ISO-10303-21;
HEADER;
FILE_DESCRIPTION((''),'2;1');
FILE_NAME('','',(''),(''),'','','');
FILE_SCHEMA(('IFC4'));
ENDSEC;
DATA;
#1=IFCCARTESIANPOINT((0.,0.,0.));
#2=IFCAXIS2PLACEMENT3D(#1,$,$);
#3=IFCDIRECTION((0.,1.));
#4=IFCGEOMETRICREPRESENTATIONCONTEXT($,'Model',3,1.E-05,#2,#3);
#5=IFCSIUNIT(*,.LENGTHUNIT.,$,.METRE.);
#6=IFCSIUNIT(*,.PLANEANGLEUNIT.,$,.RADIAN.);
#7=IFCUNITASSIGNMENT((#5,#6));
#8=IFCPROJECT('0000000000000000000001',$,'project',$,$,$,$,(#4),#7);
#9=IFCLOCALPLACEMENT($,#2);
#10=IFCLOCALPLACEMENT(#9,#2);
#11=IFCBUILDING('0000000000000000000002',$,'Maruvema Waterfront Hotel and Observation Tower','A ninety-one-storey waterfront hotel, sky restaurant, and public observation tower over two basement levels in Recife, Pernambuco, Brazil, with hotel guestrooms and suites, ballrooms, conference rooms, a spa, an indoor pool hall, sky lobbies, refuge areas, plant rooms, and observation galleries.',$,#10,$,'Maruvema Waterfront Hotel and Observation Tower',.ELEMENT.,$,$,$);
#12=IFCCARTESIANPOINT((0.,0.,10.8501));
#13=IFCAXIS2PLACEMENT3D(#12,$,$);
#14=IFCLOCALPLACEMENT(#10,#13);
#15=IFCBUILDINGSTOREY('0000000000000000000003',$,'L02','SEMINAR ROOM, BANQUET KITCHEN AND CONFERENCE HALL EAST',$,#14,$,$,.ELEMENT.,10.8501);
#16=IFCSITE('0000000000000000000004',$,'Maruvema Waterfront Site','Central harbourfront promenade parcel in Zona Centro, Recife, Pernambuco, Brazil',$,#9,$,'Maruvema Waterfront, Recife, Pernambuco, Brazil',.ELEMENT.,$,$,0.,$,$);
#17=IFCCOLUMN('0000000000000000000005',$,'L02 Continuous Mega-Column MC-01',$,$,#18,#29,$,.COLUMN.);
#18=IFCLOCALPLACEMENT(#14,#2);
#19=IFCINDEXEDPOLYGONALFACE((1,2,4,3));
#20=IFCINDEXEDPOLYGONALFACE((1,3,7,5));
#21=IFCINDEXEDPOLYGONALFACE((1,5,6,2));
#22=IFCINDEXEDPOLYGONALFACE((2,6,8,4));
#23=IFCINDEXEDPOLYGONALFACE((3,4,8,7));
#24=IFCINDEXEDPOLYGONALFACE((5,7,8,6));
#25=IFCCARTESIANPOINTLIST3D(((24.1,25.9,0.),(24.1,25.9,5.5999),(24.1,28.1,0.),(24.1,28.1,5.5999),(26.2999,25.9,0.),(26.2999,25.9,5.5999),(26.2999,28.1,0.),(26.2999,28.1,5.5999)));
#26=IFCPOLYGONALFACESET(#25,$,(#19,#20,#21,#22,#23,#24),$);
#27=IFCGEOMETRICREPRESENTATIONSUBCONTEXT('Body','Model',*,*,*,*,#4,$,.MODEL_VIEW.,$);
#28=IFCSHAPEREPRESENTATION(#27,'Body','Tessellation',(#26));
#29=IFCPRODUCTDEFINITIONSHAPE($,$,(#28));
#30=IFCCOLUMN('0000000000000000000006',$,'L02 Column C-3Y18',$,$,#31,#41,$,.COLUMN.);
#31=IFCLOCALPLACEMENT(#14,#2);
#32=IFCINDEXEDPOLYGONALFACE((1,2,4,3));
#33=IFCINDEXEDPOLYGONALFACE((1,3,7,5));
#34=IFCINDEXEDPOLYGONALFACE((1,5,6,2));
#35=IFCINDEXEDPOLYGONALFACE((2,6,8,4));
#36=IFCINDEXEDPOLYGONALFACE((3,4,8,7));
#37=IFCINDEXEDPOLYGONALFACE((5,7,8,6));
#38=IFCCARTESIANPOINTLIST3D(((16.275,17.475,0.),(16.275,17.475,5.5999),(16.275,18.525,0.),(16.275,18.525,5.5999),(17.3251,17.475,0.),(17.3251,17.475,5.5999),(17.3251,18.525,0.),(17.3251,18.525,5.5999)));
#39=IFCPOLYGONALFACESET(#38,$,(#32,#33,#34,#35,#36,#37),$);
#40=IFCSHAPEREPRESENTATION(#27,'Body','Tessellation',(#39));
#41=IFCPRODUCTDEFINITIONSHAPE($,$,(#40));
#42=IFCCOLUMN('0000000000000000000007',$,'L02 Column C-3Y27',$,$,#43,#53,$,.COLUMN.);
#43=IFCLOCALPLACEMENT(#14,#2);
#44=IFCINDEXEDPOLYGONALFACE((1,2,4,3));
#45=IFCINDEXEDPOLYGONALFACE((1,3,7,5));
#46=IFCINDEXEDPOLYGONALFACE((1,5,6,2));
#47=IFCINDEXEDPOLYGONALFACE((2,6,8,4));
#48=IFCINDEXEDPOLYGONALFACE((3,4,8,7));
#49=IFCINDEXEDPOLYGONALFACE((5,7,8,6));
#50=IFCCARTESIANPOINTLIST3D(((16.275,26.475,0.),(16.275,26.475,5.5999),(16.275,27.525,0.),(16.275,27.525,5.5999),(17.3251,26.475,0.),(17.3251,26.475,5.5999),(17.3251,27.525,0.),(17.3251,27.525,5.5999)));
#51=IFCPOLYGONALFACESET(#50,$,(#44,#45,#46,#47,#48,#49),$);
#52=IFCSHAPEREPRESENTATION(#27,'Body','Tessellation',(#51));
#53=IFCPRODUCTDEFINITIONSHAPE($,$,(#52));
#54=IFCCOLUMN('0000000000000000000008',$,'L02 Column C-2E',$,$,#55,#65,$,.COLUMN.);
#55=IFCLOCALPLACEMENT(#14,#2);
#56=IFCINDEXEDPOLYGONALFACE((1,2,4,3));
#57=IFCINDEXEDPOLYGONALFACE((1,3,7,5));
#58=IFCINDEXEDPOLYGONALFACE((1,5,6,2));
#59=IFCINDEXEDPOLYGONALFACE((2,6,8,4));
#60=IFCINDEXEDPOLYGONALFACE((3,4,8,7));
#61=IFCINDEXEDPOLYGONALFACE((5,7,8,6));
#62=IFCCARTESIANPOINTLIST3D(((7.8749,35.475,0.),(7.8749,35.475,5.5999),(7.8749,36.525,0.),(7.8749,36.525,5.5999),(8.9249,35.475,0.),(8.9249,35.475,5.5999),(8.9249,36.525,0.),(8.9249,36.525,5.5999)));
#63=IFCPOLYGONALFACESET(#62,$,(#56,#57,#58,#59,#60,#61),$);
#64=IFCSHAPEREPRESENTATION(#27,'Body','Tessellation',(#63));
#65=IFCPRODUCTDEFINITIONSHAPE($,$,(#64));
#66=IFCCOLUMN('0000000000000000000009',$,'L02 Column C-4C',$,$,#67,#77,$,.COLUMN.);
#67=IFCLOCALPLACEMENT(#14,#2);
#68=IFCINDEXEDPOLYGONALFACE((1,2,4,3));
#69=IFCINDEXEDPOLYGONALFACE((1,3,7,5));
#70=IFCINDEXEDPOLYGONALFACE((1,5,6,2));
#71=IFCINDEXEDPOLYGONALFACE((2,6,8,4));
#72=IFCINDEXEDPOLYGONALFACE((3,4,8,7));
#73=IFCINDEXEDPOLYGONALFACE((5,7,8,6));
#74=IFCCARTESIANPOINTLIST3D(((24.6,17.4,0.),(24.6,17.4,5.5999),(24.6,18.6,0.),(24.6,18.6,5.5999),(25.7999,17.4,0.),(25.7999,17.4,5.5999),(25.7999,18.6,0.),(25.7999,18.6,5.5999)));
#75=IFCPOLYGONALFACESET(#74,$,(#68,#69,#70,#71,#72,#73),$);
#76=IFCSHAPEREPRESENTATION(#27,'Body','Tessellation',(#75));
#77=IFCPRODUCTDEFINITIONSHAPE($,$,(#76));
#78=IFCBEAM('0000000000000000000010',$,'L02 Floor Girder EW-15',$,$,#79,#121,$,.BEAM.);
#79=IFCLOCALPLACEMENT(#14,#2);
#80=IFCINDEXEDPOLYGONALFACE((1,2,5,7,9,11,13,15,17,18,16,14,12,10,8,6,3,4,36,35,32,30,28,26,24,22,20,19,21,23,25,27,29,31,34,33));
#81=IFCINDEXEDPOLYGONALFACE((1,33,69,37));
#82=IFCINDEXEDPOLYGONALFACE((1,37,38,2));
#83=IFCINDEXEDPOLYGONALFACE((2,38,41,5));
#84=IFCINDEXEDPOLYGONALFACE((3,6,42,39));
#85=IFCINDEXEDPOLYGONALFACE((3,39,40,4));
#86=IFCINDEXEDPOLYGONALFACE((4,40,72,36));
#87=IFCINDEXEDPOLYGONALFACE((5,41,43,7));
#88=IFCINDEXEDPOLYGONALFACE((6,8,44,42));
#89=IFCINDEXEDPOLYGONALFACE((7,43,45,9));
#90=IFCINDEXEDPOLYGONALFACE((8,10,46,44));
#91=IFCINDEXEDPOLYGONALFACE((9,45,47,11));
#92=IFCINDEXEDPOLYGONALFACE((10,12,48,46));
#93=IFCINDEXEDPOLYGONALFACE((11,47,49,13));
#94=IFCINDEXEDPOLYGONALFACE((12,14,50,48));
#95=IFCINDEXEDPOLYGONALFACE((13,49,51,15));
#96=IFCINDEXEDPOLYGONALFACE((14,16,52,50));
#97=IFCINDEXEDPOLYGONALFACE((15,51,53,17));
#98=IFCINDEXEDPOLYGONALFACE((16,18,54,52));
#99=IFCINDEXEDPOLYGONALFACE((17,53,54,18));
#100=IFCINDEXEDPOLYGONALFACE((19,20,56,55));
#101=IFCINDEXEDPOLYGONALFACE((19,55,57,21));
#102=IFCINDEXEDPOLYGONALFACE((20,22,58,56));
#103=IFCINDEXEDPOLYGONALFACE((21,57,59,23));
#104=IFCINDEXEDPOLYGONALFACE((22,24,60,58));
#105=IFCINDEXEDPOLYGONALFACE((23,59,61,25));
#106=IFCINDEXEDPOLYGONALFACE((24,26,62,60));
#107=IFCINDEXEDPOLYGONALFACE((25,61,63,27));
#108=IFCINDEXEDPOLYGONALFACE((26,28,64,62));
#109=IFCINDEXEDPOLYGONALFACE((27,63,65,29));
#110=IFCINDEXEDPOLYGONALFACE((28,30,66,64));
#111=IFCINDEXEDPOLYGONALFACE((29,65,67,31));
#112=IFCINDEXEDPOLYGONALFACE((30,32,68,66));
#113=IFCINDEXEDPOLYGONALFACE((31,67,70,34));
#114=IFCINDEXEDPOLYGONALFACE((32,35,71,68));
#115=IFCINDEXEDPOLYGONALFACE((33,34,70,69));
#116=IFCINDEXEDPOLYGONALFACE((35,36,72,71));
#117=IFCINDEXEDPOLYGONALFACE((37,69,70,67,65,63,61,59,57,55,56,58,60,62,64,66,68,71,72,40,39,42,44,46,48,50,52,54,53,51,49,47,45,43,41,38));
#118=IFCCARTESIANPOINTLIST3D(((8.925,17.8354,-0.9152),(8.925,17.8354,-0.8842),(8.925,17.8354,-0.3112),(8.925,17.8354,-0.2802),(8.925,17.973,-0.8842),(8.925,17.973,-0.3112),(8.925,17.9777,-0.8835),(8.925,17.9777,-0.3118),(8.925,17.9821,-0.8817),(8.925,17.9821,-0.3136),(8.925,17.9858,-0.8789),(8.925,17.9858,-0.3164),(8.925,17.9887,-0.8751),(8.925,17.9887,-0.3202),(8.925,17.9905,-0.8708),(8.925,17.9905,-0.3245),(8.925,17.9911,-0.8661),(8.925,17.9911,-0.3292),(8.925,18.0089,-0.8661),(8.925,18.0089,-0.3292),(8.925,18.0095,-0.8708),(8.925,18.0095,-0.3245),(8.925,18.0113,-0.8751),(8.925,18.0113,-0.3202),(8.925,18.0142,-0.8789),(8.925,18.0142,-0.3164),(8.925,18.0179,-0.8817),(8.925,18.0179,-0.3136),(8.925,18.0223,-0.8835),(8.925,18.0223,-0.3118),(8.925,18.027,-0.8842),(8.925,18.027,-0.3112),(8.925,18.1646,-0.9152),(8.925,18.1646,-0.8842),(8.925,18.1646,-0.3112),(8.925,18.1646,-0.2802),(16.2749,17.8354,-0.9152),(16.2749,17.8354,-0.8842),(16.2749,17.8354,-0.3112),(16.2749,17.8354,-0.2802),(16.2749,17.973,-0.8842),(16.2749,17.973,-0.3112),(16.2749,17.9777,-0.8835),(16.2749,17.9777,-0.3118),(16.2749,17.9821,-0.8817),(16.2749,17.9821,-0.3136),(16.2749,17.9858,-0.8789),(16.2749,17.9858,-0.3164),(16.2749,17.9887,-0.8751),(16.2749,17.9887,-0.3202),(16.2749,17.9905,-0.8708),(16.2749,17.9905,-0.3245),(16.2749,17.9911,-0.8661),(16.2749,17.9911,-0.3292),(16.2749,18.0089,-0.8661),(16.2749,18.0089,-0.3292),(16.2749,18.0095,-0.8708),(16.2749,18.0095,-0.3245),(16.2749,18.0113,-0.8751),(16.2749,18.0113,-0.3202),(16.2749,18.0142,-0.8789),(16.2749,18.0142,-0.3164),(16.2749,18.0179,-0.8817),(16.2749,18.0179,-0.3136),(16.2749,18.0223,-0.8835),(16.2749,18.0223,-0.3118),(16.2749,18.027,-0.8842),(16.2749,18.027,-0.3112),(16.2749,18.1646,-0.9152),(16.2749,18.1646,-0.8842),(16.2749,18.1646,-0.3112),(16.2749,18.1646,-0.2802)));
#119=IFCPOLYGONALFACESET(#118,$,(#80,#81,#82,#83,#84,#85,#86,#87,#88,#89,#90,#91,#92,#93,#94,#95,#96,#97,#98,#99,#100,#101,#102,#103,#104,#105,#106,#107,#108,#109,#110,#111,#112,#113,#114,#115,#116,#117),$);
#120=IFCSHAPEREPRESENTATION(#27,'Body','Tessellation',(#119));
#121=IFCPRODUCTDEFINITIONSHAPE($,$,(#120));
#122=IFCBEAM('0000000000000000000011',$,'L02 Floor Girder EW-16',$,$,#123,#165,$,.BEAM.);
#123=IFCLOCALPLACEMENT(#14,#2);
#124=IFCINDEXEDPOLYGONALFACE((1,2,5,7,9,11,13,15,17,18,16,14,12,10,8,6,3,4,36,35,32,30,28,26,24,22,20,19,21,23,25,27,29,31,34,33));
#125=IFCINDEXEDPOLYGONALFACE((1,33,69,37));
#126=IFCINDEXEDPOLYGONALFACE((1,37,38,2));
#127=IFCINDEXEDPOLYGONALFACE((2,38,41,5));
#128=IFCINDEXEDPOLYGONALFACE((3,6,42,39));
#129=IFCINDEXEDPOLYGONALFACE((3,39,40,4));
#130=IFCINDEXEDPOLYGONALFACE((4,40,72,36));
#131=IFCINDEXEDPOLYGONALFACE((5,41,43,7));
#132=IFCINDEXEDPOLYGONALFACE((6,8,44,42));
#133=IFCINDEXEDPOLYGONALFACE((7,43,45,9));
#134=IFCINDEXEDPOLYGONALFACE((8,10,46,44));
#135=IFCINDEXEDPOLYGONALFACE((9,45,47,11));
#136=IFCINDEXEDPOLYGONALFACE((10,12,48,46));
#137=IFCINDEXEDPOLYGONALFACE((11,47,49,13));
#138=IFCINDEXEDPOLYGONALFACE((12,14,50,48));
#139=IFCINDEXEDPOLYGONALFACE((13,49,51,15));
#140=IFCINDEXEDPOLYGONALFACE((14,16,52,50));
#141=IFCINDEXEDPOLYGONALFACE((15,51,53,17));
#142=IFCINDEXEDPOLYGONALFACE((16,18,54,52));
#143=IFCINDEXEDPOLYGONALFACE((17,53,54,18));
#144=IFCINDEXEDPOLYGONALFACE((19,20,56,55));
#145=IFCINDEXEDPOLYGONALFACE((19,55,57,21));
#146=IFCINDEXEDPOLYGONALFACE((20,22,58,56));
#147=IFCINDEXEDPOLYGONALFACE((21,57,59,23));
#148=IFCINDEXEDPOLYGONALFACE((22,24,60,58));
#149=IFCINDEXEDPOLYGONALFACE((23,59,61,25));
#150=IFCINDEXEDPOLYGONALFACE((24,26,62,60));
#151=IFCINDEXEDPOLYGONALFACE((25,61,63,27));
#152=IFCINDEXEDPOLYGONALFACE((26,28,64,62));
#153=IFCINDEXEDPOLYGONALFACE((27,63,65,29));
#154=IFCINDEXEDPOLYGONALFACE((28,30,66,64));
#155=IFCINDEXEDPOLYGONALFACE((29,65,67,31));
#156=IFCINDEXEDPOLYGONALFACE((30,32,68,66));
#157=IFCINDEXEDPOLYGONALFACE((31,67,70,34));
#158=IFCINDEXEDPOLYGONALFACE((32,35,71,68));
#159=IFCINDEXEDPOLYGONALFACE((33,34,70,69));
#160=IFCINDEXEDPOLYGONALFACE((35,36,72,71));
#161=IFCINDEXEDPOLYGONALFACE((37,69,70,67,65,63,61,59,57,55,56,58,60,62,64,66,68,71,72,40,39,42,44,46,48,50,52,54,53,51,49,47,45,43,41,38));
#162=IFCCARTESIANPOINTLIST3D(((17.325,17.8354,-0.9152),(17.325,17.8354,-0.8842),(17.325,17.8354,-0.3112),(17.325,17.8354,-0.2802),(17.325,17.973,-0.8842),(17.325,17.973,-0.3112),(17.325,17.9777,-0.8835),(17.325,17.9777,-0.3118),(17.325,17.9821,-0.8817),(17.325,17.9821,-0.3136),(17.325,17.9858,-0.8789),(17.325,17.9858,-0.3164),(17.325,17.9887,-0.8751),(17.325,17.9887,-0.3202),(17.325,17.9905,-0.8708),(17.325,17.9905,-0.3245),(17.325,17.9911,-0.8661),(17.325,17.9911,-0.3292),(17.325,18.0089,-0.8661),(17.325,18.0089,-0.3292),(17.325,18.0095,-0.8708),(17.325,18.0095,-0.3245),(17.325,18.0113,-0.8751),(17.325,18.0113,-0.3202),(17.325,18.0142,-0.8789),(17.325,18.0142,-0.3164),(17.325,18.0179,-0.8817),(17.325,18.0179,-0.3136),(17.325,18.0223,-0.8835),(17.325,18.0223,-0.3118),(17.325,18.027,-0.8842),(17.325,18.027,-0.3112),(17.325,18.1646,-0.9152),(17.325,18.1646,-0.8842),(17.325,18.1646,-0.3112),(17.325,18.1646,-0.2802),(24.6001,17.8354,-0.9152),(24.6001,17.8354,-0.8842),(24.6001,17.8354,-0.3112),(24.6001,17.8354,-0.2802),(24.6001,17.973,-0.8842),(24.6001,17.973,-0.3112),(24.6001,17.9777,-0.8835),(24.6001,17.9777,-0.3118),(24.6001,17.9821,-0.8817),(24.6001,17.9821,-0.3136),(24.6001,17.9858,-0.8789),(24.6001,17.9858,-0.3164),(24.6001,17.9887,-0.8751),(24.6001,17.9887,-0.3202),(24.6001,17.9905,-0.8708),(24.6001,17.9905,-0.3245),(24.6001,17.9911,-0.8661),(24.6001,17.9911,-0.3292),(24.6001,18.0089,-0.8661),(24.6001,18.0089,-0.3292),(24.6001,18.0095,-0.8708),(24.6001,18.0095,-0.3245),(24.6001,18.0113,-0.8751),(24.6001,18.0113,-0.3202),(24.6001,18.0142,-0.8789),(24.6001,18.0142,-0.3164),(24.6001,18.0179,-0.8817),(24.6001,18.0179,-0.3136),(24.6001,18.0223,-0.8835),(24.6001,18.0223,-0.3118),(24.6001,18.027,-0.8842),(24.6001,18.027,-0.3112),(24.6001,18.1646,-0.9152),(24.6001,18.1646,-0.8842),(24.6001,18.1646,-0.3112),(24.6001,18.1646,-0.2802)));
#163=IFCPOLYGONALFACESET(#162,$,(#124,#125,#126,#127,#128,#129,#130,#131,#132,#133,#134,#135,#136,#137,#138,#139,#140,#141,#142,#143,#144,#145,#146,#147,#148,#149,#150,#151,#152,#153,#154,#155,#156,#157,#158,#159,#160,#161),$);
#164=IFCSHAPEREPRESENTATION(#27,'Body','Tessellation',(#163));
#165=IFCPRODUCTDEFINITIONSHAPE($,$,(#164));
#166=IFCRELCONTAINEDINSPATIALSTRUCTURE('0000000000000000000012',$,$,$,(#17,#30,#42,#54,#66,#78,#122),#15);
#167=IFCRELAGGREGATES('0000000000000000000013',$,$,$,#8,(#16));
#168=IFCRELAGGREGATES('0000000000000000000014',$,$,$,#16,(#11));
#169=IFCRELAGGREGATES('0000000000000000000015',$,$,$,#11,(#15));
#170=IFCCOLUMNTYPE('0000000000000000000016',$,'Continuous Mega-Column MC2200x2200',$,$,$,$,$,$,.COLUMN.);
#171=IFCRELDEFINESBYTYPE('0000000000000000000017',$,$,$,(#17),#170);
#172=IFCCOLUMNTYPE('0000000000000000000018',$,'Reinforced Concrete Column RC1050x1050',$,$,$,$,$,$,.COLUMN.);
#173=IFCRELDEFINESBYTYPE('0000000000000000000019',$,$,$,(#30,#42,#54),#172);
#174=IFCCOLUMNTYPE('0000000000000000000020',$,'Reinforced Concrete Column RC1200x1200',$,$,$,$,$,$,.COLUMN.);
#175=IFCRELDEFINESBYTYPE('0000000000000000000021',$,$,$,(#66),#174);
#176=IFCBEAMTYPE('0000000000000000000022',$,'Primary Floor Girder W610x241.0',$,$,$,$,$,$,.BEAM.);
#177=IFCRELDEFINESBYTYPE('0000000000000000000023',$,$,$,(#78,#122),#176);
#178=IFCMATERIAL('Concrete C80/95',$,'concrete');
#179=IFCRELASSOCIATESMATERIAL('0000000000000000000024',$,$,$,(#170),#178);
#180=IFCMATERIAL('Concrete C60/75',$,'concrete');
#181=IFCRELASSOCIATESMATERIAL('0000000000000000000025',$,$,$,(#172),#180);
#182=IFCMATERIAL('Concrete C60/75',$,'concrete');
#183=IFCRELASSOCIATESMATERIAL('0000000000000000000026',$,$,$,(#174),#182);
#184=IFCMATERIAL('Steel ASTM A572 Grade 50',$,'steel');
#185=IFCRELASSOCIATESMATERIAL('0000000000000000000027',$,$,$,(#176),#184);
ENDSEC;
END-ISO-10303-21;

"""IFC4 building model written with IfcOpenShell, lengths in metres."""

from ifc_helpers import new_model, si_unit, direction, frame, origin, origin_2d, place, context, subcontext, project, spatial, rectangle, i_section, extrude, material, material_profile, profile_set, type_object, element, save


model = new_model("IFC4")

# Units and contexts
model_context = context("Model", 3, precision=1e-05, world=origin(), true_north=direction((0.0, 1.0)))
body_context = subcontext(model_context, "Body", "Model", "MODEL_VIEW")
ifc_project = project(units=[si_unit("LENGTHUNIT", "METRE"), si_unit("PLANEANGLEUNIT", "RADIAN")], contexts=[model_context])

# Site, building, storey
site_placement = place(None, origin())
site = spatial("IfcSite", under=ifc_project, at=site_placement, Name="Maruvema Waterfront Site", Description="Central harbourfront promenade parcel in Zona Centro, Recife, Pernambuco, Brazil", LongName="Maruvema Waterfront, Recife, Pernambuco, Brazil", CompositionType="ELEMENT", RefElevation=0.0)
building_placement = place(site_placement, origin())
building = spatial("IfcBuilding", under=site, at=building_placement, Name="Maruvema Waterfront Hotel and Observation Tower", Description="A ninety-one-storey waterfront hotel, sky restaurant, and public observation tower over two basement levels in Recife, Pernambuco, Brazil, with hotel guestrooms and suites, ballrooms, conference rooms, a spa, an indoor pool hall, sky lobbies, refuge areas, plant rooms, and observation galleries.", LongName="Maruvema Waterfront Hotel and Observation Tower", CompositionType="ELEMENT")
storey_placement = place(building_placement, frame((0.0, 0.0, 10.8501)))
storey = spatial("IfcBuildingStorey", under=building, at=storey_placement, Name="L02", Description="SEMINAR ROOM, BANQUET KITCHEN AND CONFERENCE HALL EAST", CompositionType="ELEMENT", Elevation=10.8501)

# Columns
ifc_material_1 = material(Name="Concrete C80/95", Category="concrete")
ifc_material_profile_1 = material_profile(ifc_material_1, rectangle(XDim=2.2, YDim=2.2, at=origin_2d()), Name="MC2200x2200")
ifc_profile_set_1 = profile_set([ifc_material_profile_1], Name="Concrete C80/95")
column_type_1 = type_object("IfcColumnType", Name="Continuous Mega-Column MC2200x2200", PredefinedType="COLUMN", material=ifc_profile_set_1)
column_1_placement = place(storey_placement, frame((25.2, 27.0, 0.0), z_axis=(0.0, 0.0, 1.0), x_axis=(1.0, 0.0, 0.0)))
element("IfcColumn", 1, at=column_1_placement, inside=storey, type_object=column_type_1, Name="L02 Continuous Mega-Column MC-01", PredefinedType="COLUMN", context=body_context, shape_type="SweptSolid", body=[
    extrude(rectangle(XDim=2.2, YDim=2.2, at=origin_2d()), origin(), (0.0, 0.0, 1.0), 5.5999),
])
ifc_material_2 = material(Name="Concrete C60/75", Category="concrete")
ifc_material_profile_2 = material_profile(ifc_material_2, rectangle(XDim=1.05, YDim=1.05, at=origin_2d()), Name="RC1050x1050")
ifc_profile_set_2 = profile_set([ifc_material_profile_2], Name="Concrete C60/75")
column_type_2 = type_object("IfcColumnType", Name="Reinforced Concrete Column RC1050x1050", PredefinedType="COLUMN", material=ifc_profile_set_2)
for number, where, z_axis, x_axis, name in (
    (2, (16.8, 18.0, 0.0), (0.0, 0.0, 1.0), (1.0, 0.0, 0.0), "L02 Column C-3Y18"),
    (3, (16.8, 27.0, 0.0), (0.0, 0.0, 1.0), (1.0, 0.0, 0.0), "L02 Column C-3Y27"),
    (4, (8.3999, 36.0, 0.0), (0.0, 0.0, 1.0), (1.0, 0.0, 0.0), "L02 Column C-2E"),
):
    element("IfcColumn", number, at=place(storey_placement, frame(where, z_axis=z_axis, x_axis=x_axis)), inside=storey, type_object=column_type_2, Name=name, PredefinedType="COLUMN", context=body_context, shape_type="SweptSolid", body=[
        extrude(rectangle(XDim=1.05, YDim=1.05, at=origin_2d()), origin(), (0.0, 0.0, 1.0), 5.5999),
    ])
ifc_material_3 = material(Name="Concrete C60/75", Category="concrete")
ifc_material_profile_3 = material_profile(ifc_material_3, rectangle(XDim=1.2, YDim=1.2, at=origin_2d()), Name="RC1200x1200")
ifc_profile_set_3 = profile_set([ifc_material_profile_3], Name="Concrete C60/75")
column_type_3 = type_object("IfcColumnType", Name="Reinforced Concrete Column RC1200x1200", PredefinedType="COLUMN", material=ifc_profile_set_3)
column_2_placement = place(storey_placement, frame((25.2, 18.0, 0.0), z_axis=(0.0, 0.0, 1.0), x_axis=(1.0, 0.0, 0.0)))
element("IfcColumn", 5, at=column_2_placement, inside=storey, type_object=column_type_3, Name="L02 Column C-4C", PredefinedType="COLUMN", context=body_context, shape_type="SweptSolid", body=[
    extrude(rectangle(XDim=1.2, YDim=1.2, at=origin_2d()), origin(), (0.0, 0.0, 1.0), 5.5999),
])

# Beams
ifc_material_4 = material(Name="Steel ASTM A572 Grade 50", Category="steel")
ifc_material_profile_4 = material_profile(ifc_material_4, i_section(OverallWidth=0.3291, OverallDepth=0.635, WebThickness=0.0178, FlangeThickness=0.031, FilletRadius=0.0181, at=origin_2d()), Name="W610x241.0")
ifc_profile_set_4 = profile_set([ifc_material_profile_4], Name="Steel ASTM A572 Grade 50")
beam_type_1 = type_object("IfcBeamType", Name="Primary Floor Girder W610x241.0", PredefinedType="BEAM", material=ifc_profile_set_4)
beam_1_placement = place(storey_placement, frame((8.925, 18.0, -0.5977), z_axis=(1.0, 0.0, 0.0), x_axis=(0.0, 1.0, 0.0)))
element("IfcBeam", 6, at=beam_1_placement, inside=storey, type_object=beam_type_1, Name="L02 Floor Girder EW-15", PredefinedType="BEAM", context=body_context, shape_type="SweptSolid", body=[
    extrude(i_section(OverallWidth=0.3291, OverallDepth=0.635, WebThickness=0.0178, FlangeThickness=0.031, FilletRadius=0.0181, at=origin_2d()), origin(), (0.0, 0.0, 1.0), 7.3499),
])
beam_2_placement = place(storey_placement, frame((17.325, 18.0, -0.5977), z_axis=(1.0, 0.0, 0.0), x_axis=(0.0, 1.0, 0.0)))
element("IfcBeam", 7, at=beam_2_placement, inside=storey, type_object=beam_type_1, Name="L02 Floor Girder EW-16", PredefinedType="BEAM", context=body_context, shape_type="SweptSolid", body=[
    extrude(i_section(OverallWidth=0.3291, OverallDepth=0.635, WebThickness=0.0178, FlangeThickness=0.031, FilletRadius=0.0181, at=origin_2d()), origin(), (0.0, 0.0, 1.0), 7.2751),
])

save(model, "model.ifc")
